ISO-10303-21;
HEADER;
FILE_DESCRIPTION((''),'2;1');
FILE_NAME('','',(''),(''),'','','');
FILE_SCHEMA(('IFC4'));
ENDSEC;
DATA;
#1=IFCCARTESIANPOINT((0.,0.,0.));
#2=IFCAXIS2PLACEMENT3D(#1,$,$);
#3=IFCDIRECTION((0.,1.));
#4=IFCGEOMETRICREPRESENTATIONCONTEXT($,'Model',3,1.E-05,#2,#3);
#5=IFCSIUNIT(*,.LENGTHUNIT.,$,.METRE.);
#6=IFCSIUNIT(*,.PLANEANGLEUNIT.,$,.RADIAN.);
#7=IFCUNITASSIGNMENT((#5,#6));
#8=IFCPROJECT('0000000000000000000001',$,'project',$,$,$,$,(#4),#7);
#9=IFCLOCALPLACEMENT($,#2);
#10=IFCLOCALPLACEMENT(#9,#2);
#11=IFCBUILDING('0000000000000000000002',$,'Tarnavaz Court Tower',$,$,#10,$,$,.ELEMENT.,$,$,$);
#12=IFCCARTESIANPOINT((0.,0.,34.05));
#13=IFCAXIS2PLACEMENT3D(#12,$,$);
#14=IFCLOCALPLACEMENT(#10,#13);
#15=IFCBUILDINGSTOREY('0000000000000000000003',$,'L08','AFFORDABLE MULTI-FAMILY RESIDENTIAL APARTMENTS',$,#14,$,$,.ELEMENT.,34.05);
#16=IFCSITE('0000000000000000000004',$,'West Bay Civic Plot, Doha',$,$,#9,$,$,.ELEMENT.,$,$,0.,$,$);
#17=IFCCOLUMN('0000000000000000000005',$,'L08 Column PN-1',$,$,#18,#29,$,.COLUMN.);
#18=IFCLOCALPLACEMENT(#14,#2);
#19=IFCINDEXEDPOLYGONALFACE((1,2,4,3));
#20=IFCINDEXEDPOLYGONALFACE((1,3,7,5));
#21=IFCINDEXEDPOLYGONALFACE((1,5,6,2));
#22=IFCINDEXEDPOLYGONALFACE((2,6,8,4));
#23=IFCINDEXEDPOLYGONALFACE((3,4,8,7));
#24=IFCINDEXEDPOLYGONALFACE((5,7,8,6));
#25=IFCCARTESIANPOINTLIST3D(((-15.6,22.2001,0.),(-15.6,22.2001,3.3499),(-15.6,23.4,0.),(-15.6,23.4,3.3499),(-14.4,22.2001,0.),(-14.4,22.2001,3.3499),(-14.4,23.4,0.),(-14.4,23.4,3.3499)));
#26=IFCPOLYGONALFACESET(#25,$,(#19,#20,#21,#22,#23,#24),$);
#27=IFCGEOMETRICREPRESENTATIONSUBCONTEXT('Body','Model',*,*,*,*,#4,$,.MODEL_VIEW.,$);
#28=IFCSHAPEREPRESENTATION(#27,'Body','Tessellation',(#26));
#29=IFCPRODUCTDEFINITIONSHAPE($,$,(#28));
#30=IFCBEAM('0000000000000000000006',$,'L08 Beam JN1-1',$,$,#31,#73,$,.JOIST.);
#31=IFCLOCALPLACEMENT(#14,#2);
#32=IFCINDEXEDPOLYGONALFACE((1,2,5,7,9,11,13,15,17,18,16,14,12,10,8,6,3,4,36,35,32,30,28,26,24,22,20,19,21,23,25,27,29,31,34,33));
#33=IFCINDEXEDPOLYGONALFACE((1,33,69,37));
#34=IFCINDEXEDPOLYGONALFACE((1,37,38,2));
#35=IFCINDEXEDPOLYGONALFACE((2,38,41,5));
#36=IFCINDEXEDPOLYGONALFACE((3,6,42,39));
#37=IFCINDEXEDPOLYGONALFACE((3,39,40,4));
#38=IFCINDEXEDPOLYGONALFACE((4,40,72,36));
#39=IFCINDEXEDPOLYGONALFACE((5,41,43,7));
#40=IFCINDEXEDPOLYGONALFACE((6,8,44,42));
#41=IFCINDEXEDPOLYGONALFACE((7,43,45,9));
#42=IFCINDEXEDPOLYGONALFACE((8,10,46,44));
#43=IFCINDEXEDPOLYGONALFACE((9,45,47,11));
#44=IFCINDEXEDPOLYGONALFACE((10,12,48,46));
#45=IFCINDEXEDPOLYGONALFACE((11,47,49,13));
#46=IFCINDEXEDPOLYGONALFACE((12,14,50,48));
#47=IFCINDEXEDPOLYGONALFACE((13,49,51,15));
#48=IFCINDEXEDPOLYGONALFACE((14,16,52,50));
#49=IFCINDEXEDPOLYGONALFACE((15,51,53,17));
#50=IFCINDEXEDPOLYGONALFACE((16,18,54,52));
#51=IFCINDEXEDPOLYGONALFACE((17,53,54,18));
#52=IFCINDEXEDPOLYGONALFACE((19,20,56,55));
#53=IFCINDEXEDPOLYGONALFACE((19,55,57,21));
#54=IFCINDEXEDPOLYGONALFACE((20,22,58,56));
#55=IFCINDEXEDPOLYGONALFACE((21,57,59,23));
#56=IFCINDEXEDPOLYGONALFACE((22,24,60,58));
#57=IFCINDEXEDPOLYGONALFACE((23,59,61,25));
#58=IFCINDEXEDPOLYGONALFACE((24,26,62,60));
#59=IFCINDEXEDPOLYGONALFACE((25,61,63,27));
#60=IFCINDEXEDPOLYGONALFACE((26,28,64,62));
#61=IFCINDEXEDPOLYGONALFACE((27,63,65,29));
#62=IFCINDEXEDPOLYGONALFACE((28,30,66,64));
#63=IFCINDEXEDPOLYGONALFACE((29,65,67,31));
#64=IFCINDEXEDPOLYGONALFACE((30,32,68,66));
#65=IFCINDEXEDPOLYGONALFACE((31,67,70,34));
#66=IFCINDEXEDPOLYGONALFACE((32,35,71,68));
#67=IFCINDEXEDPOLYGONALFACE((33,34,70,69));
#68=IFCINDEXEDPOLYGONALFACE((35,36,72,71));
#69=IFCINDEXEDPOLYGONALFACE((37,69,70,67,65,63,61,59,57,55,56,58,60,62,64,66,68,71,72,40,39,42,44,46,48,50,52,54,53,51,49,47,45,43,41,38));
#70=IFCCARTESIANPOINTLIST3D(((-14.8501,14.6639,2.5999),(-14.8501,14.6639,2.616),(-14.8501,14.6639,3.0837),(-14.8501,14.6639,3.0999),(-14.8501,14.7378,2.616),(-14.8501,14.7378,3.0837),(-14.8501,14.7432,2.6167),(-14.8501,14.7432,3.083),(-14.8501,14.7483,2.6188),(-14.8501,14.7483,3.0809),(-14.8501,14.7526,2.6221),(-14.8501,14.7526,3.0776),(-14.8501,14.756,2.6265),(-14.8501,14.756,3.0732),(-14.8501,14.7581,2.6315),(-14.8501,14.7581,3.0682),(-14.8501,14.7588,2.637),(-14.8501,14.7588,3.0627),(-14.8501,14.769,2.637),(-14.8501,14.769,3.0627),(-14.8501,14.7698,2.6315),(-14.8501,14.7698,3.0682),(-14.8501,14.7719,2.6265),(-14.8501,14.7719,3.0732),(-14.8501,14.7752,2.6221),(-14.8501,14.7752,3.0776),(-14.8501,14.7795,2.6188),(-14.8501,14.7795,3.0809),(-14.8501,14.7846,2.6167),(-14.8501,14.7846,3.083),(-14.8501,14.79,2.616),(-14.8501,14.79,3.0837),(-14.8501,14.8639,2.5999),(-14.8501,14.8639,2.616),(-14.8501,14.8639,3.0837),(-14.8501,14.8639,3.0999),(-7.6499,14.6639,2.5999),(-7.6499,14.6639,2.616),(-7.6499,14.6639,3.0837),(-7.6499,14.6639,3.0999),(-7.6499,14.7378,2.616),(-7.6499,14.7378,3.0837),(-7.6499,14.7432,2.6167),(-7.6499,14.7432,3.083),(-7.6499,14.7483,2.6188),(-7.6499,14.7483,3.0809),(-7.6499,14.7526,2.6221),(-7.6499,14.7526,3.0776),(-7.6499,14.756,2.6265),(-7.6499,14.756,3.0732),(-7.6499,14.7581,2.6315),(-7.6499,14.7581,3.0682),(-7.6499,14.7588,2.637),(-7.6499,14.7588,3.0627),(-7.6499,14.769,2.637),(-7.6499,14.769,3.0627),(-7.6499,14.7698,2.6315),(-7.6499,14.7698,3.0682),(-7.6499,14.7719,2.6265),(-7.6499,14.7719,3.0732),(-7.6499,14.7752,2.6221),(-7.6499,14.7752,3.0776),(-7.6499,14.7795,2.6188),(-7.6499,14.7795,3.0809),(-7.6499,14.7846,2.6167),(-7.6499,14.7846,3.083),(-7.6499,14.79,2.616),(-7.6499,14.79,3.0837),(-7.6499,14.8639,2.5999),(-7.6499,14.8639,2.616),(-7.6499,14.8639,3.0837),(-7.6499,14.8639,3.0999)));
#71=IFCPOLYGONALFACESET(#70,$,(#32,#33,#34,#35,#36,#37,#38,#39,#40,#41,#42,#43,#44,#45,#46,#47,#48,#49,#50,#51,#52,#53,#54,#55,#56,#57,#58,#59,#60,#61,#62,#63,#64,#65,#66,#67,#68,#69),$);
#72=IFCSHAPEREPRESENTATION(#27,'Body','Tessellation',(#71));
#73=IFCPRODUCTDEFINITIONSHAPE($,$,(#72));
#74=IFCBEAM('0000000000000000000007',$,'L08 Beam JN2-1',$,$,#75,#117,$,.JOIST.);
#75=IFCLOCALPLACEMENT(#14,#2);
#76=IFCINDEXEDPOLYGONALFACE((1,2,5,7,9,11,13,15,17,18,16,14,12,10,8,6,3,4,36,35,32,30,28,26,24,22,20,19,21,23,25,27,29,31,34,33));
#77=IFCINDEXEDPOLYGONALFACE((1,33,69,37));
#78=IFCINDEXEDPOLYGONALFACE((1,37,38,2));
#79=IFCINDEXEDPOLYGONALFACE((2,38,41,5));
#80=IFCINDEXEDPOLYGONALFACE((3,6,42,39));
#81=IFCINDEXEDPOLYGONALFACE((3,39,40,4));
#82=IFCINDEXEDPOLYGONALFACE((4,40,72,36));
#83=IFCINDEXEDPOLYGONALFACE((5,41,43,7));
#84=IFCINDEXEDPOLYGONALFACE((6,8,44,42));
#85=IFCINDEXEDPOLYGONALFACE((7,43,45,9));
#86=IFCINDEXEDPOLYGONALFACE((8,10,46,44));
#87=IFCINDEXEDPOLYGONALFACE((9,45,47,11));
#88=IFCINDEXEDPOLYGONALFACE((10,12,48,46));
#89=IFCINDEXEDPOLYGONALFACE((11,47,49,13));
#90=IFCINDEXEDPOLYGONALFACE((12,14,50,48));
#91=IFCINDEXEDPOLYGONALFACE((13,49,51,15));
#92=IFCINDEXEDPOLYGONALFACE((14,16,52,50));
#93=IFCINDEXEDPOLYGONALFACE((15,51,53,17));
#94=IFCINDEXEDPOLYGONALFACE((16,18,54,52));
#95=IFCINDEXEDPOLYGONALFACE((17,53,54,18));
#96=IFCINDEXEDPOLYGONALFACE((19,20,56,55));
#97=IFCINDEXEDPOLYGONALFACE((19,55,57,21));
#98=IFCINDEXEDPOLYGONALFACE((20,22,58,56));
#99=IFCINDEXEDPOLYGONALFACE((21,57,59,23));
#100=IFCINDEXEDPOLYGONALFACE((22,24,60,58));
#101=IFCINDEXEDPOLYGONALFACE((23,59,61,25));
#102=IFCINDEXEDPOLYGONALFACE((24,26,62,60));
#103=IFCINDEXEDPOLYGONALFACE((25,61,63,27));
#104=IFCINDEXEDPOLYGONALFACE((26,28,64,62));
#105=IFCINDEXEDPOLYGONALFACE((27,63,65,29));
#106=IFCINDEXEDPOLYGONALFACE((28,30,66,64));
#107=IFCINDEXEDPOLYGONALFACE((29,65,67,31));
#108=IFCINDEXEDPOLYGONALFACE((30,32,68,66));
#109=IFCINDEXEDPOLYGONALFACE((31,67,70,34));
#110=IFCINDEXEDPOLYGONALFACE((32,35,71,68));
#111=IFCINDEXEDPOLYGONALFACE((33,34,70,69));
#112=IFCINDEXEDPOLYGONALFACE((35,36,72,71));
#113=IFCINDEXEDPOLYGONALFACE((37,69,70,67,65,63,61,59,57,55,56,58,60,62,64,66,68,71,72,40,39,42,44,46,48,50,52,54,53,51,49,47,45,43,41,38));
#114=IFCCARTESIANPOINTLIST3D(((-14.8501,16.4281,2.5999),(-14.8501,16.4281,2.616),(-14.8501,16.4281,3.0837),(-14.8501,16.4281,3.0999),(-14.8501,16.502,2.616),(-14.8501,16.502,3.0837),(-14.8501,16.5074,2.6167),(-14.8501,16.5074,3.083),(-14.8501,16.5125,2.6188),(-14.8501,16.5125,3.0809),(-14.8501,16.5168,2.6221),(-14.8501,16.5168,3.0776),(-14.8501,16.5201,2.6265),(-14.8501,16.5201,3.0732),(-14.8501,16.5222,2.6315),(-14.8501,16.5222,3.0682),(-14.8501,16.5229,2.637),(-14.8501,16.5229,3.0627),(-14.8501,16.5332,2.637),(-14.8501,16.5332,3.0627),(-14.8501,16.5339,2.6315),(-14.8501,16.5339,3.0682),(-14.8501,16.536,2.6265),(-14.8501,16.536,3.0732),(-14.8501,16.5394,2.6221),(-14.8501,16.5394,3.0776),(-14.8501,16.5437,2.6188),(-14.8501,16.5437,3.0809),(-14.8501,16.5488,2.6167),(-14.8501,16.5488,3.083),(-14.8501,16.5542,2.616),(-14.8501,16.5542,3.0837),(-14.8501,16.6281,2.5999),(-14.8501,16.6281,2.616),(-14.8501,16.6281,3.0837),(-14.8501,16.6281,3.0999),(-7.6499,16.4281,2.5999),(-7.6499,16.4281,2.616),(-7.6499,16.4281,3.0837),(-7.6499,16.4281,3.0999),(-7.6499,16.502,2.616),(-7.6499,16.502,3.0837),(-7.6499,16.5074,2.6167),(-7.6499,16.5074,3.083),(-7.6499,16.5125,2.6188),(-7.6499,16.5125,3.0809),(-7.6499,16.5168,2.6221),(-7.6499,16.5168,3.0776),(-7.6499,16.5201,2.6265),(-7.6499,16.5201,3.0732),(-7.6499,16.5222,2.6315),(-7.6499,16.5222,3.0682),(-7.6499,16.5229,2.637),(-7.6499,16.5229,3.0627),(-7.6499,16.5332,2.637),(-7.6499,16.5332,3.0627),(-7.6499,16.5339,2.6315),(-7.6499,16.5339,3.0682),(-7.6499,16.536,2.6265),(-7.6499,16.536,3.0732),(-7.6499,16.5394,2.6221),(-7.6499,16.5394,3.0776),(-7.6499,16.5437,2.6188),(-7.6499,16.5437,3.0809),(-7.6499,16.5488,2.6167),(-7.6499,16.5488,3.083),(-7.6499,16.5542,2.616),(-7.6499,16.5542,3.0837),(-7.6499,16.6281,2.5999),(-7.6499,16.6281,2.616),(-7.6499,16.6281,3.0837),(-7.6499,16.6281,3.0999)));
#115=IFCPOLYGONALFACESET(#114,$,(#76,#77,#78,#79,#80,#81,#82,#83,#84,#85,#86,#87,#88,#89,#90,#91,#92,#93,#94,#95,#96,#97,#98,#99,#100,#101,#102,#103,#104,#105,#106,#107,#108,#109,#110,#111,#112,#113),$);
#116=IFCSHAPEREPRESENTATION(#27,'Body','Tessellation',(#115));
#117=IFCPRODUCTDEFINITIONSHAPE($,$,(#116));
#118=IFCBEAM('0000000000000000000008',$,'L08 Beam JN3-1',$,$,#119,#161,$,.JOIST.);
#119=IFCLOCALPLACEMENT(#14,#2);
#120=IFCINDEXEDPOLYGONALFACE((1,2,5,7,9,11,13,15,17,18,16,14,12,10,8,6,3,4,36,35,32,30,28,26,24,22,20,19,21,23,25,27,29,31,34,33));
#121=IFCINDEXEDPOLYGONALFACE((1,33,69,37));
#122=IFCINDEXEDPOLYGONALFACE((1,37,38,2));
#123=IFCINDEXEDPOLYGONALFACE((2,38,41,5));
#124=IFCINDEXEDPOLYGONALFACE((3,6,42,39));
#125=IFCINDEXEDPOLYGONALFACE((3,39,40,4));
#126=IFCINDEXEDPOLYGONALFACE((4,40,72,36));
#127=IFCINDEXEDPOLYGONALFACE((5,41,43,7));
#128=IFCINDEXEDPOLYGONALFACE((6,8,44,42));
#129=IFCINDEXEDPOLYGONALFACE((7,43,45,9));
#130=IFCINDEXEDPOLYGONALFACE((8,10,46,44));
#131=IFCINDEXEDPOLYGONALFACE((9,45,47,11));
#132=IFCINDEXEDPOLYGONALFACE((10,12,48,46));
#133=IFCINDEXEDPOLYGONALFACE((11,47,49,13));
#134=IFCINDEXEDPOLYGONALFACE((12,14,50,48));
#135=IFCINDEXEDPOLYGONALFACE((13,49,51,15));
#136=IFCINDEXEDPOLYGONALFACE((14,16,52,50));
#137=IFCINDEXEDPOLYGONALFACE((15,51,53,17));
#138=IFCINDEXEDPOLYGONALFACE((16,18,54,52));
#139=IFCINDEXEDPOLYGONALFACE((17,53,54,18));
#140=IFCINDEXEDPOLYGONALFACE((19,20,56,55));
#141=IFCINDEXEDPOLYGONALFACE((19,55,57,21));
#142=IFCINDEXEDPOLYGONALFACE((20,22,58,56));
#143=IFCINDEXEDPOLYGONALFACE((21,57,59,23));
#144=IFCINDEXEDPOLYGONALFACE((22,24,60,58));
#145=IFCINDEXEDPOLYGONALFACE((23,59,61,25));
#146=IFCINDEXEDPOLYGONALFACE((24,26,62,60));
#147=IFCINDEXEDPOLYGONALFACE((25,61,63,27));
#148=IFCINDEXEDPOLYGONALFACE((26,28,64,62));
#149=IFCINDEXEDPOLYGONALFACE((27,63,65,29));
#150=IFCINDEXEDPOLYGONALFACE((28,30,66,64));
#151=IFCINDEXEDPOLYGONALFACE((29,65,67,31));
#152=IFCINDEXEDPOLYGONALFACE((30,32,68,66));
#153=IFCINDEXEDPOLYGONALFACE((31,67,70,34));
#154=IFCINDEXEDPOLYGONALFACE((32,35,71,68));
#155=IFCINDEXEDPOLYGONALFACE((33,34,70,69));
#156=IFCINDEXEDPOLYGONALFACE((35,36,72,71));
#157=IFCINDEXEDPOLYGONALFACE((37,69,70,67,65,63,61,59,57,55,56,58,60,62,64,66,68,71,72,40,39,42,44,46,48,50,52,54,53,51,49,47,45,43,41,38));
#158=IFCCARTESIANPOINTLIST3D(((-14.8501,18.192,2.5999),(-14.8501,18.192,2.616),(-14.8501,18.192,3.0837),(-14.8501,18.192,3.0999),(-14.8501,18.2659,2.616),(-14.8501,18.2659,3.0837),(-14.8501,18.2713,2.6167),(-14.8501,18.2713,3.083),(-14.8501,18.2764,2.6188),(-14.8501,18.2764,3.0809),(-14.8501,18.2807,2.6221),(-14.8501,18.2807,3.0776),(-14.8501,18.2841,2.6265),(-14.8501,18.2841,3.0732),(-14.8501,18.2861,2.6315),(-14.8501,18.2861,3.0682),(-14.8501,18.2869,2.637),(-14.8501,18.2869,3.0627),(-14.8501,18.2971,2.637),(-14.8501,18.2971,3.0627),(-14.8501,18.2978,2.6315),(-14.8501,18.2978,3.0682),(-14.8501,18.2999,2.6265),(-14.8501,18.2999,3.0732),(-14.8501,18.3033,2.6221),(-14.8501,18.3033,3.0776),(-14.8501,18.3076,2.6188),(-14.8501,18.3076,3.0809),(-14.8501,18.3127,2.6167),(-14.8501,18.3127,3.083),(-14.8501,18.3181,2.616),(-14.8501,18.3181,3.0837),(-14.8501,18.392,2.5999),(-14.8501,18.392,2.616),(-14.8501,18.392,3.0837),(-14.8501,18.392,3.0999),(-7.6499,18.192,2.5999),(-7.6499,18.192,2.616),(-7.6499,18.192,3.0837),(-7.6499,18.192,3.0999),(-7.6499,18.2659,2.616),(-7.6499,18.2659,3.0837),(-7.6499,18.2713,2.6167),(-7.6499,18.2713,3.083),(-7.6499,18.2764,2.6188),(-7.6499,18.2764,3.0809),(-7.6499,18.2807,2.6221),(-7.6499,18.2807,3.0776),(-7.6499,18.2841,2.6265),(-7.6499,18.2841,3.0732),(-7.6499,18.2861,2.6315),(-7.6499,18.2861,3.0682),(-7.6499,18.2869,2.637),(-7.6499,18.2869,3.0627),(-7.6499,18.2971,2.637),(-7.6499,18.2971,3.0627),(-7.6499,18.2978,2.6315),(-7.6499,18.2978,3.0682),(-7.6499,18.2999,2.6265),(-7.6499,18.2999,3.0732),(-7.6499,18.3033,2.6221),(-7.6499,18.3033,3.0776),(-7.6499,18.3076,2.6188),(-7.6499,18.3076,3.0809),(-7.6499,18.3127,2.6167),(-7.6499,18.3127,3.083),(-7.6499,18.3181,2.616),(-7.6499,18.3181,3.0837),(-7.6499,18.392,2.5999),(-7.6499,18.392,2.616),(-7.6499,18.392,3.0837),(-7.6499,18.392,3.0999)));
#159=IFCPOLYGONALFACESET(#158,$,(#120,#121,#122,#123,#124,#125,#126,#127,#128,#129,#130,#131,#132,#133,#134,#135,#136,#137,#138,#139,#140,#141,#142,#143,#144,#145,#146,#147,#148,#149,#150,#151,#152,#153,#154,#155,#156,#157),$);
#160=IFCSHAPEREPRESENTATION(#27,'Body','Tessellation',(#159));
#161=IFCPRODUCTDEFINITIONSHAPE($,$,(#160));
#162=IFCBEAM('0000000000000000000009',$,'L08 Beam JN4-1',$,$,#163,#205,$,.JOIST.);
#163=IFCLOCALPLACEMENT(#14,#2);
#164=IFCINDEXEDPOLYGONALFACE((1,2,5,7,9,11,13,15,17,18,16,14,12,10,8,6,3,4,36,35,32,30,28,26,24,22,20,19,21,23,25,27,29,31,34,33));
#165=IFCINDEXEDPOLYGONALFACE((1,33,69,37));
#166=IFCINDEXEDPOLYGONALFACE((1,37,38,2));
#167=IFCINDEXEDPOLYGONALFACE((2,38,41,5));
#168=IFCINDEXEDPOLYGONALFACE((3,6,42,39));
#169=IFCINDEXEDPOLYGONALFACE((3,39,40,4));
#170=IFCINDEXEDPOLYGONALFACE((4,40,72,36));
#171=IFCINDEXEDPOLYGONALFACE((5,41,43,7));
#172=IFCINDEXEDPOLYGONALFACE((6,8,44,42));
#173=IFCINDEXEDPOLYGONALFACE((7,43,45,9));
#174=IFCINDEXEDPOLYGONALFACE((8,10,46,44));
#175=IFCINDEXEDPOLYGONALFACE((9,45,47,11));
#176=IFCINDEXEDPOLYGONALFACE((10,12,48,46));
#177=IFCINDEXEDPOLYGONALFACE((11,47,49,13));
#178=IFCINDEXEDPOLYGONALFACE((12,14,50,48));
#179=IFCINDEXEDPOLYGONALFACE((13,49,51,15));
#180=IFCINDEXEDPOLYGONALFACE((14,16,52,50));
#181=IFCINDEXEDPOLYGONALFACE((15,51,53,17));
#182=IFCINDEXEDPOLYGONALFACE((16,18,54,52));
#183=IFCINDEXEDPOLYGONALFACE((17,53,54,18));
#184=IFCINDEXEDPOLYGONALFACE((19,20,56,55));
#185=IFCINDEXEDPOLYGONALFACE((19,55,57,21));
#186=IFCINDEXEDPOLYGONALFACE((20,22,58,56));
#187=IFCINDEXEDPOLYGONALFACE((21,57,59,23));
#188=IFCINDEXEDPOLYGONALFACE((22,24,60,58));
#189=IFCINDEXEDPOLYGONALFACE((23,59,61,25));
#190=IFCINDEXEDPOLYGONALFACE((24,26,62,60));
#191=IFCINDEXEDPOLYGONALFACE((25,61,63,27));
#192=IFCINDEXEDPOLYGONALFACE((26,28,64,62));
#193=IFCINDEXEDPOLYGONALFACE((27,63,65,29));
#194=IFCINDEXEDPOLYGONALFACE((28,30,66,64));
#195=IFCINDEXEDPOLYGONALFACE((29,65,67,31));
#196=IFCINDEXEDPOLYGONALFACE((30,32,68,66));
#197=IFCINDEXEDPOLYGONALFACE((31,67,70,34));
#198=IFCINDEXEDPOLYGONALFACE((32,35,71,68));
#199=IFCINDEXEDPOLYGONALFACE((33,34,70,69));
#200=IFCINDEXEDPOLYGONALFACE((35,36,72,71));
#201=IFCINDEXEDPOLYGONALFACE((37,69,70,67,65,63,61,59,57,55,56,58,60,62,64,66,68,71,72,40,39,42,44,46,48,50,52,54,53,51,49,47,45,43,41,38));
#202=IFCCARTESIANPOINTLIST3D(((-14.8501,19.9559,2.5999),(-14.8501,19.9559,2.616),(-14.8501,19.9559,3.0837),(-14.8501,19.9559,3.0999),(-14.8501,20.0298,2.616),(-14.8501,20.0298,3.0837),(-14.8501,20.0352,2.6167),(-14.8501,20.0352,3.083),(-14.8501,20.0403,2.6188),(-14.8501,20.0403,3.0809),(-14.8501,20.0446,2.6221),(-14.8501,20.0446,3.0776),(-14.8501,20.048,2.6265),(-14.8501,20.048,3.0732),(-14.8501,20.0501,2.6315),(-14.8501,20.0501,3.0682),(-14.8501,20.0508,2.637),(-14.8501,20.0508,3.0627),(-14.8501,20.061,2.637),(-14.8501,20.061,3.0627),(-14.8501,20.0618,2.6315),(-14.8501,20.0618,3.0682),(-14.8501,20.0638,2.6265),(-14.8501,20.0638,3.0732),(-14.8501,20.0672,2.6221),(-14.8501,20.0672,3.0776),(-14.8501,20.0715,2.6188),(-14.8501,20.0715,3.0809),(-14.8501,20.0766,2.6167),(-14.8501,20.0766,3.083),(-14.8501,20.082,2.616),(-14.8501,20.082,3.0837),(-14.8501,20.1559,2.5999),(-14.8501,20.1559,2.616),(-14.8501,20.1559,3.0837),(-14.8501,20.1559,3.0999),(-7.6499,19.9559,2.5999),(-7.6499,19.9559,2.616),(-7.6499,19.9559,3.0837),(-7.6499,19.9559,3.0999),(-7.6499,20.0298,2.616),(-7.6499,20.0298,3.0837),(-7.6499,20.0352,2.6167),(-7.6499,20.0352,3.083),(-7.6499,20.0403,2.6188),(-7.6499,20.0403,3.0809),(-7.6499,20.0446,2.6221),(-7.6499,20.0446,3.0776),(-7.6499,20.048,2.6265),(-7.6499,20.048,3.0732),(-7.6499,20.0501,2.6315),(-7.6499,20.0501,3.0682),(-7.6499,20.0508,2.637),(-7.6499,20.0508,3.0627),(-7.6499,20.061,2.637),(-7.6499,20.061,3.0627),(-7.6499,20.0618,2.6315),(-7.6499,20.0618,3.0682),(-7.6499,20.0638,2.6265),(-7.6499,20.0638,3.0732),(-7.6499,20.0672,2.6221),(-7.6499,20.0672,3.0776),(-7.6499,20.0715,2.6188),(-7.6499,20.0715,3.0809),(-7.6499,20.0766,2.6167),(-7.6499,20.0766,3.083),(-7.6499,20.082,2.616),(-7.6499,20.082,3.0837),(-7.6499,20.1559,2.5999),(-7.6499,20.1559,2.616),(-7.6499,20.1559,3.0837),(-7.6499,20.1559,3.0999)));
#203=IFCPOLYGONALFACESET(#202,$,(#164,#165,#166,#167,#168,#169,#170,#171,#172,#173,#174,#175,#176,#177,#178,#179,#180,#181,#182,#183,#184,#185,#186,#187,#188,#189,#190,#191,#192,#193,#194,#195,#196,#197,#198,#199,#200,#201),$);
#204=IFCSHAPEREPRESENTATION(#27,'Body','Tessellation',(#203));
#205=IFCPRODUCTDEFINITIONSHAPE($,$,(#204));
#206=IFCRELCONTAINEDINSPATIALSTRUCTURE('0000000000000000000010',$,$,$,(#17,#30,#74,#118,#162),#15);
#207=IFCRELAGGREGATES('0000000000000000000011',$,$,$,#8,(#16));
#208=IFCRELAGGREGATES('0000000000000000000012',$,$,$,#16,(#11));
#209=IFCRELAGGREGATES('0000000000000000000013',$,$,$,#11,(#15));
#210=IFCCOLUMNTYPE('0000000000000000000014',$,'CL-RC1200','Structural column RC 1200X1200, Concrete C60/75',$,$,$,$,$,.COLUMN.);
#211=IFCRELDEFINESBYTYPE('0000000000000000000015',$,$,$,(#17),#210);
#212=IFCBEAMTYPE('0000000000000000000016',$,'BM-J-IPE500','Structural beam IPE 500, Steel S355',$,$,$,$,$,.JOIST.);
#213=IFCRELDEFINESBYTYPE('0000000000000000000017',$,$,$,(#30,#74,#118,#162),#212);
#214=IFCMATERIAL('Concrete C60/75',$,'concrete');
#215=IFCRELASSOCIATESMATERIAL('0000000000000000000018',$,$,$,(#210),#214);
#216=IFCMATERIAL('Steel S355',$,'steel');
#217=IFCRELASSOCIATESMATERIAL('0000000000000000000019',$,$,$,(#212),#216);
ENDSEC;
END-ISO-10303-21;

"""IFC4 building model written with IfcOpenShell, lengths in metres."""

from ifc_helpers import new_model, si_unit, direction, frame, origin, origin_2d, place, context, subcontext, project, spatial, rectangle, i_section, extrude, material, material_profile, profile_set, type_object, element, save


model = new_model("IFC4")

# Units and contexts
model_context = context("Model", 3, precision=1e-05, world=origin(), true_north=direction((0.0, 1.0)))
body_context = subcontext(model_context, "Body", "Model", "MODEL_VIEW")
ifc_project = project(units=[si_unit("LENGTHUNIT", "METRE"), si_unit("PLANEANGLEUNIT", "RADIAN")], contexts=[model_context])

# Site, building, storey
site_placement = place(None, origin())
site = spatial("IfcSite", under=ifc_project, at=site_placement, Name="West Bay Civic Plot, Doha", CompositionType="ELEMENT", RefElevation=0.0)
building_placement = place(site_placement, origin())
building = spatial("IfcBuilding", under=site, at=building_placement, Name="Tarnavaz Court Tower", CompositionType="ELEMENT")
storey_placement = place(building_placement, frame((0.0, 0.0, 34.05)))
storey = spatial("IfcBuildingStorey", under=building, at=storey_placement, Name="L08", Description="AFFORDABLE MULTI-FAMILY RESIDENTIAL APARTMENTS", CompositionType="ELEMENT", Elevation=34.05)

# Column
ifc_material_1 = material(Name="Concrete C60/75", Category="concrete")
ifc_material_profile_1 = material_profile(ifc_material_1, rectangle(XDim=1.2, YDim=1.2, at=origin_2d()), Name="RC 1200X1200")
ifc_profile_set_1 = profile_set([ifc_material_profile_1], Name="Concrete C60/75")
column_type = type_object("IfcColumnType", Name="CL-RC1200", Description="Structural column RC 1200X1200, Concrete C60/75", PredefinedType="COLUMN", material=ifc_profile_set_1)
column_placement = place(storey_placement, frame((-15.0, 22.8, 0.0), z_axis=(0.0, 0.0, 1.0), x_axis=(1.0, 0.0, 0.0)))
element("IfcColumn", 1, at=column_placement, inside=storey, type_object=column_type, Name="L08 Column PN-1", PredefinedType="COLUMN", context=body_context, shape_type="SweptSolid", body=[
    extrude(rectangle(XDim=1.2, YDim=1.2, at=origin_2d()), origin(), (0.0, 0.0, 1.0), 3.3499),
])

# Beams
ifc_material_2 = material(Name="Steel S355", Category="steel")
ifc_material_profile_2 = material_profile(ifc_material_2, i_section(OverallWidth=0.2, OverallDepth=0.5, WebThickness=0.0103, FlangeThickness=0.0161, FilletRadius=0.021, at=origin_2d()), Name="IPE 500")
ifc_profile_set_2 = profile_set([ifc_material_profile_2], Name="Steel S355")
beam_type_1 = type_object("IfcBeamType", Name="BM-J-IPE500", Description="Structural beam IPE 500, Steel S355", PredefinedType="JOIST", material=ifc_profile_set_2)
for number, where, z_axis, x_axis, name in (
    (2, (-14.8501, 14.7639, 2.8499), (1.0, 0.0, 0.0), (0.0, 1.0, 0.0), "L08 Beam JN1-1"),
    (3, (-14.8501, 16.5281, 2.8499), (1.0, 0.0, 0.0), (0.0, 1.0, 0.0), "L08 Beam JN2-1"),
    (4, (-14.8501, 18.292, 2.8499), (1.0, 0.0, 0.0), (0.0, 1.0, 0.0), "L08 Beam JN3-1"),
    (5, (-14.8501, 20.0559, 2.8499), (1.0, 0.0, 0.0), (0.0, 1.0, 0.0), "L08 Beam JN4-1"),
):
    element("IfcBeam", number, at=place(storey_placement, frame(where, z_axis=z_axis, x_axis=x_axis)), inside=storey, type_object=beam_type_1, Name=name, PredefinedType="JOIST", context=body_context, shape_type="SweptSolid", body=[
        extrude(i_section(OverallWidth=0.2, OverallDepth=0.5, WebThickness=0.0103, FlangeThickness=0.0161, FilletRadius=0.021, at=origin_2d()), origin(), (0.0, 0.0, 1.0), 7.2002),
    ])

save(model, "model.ifc")
